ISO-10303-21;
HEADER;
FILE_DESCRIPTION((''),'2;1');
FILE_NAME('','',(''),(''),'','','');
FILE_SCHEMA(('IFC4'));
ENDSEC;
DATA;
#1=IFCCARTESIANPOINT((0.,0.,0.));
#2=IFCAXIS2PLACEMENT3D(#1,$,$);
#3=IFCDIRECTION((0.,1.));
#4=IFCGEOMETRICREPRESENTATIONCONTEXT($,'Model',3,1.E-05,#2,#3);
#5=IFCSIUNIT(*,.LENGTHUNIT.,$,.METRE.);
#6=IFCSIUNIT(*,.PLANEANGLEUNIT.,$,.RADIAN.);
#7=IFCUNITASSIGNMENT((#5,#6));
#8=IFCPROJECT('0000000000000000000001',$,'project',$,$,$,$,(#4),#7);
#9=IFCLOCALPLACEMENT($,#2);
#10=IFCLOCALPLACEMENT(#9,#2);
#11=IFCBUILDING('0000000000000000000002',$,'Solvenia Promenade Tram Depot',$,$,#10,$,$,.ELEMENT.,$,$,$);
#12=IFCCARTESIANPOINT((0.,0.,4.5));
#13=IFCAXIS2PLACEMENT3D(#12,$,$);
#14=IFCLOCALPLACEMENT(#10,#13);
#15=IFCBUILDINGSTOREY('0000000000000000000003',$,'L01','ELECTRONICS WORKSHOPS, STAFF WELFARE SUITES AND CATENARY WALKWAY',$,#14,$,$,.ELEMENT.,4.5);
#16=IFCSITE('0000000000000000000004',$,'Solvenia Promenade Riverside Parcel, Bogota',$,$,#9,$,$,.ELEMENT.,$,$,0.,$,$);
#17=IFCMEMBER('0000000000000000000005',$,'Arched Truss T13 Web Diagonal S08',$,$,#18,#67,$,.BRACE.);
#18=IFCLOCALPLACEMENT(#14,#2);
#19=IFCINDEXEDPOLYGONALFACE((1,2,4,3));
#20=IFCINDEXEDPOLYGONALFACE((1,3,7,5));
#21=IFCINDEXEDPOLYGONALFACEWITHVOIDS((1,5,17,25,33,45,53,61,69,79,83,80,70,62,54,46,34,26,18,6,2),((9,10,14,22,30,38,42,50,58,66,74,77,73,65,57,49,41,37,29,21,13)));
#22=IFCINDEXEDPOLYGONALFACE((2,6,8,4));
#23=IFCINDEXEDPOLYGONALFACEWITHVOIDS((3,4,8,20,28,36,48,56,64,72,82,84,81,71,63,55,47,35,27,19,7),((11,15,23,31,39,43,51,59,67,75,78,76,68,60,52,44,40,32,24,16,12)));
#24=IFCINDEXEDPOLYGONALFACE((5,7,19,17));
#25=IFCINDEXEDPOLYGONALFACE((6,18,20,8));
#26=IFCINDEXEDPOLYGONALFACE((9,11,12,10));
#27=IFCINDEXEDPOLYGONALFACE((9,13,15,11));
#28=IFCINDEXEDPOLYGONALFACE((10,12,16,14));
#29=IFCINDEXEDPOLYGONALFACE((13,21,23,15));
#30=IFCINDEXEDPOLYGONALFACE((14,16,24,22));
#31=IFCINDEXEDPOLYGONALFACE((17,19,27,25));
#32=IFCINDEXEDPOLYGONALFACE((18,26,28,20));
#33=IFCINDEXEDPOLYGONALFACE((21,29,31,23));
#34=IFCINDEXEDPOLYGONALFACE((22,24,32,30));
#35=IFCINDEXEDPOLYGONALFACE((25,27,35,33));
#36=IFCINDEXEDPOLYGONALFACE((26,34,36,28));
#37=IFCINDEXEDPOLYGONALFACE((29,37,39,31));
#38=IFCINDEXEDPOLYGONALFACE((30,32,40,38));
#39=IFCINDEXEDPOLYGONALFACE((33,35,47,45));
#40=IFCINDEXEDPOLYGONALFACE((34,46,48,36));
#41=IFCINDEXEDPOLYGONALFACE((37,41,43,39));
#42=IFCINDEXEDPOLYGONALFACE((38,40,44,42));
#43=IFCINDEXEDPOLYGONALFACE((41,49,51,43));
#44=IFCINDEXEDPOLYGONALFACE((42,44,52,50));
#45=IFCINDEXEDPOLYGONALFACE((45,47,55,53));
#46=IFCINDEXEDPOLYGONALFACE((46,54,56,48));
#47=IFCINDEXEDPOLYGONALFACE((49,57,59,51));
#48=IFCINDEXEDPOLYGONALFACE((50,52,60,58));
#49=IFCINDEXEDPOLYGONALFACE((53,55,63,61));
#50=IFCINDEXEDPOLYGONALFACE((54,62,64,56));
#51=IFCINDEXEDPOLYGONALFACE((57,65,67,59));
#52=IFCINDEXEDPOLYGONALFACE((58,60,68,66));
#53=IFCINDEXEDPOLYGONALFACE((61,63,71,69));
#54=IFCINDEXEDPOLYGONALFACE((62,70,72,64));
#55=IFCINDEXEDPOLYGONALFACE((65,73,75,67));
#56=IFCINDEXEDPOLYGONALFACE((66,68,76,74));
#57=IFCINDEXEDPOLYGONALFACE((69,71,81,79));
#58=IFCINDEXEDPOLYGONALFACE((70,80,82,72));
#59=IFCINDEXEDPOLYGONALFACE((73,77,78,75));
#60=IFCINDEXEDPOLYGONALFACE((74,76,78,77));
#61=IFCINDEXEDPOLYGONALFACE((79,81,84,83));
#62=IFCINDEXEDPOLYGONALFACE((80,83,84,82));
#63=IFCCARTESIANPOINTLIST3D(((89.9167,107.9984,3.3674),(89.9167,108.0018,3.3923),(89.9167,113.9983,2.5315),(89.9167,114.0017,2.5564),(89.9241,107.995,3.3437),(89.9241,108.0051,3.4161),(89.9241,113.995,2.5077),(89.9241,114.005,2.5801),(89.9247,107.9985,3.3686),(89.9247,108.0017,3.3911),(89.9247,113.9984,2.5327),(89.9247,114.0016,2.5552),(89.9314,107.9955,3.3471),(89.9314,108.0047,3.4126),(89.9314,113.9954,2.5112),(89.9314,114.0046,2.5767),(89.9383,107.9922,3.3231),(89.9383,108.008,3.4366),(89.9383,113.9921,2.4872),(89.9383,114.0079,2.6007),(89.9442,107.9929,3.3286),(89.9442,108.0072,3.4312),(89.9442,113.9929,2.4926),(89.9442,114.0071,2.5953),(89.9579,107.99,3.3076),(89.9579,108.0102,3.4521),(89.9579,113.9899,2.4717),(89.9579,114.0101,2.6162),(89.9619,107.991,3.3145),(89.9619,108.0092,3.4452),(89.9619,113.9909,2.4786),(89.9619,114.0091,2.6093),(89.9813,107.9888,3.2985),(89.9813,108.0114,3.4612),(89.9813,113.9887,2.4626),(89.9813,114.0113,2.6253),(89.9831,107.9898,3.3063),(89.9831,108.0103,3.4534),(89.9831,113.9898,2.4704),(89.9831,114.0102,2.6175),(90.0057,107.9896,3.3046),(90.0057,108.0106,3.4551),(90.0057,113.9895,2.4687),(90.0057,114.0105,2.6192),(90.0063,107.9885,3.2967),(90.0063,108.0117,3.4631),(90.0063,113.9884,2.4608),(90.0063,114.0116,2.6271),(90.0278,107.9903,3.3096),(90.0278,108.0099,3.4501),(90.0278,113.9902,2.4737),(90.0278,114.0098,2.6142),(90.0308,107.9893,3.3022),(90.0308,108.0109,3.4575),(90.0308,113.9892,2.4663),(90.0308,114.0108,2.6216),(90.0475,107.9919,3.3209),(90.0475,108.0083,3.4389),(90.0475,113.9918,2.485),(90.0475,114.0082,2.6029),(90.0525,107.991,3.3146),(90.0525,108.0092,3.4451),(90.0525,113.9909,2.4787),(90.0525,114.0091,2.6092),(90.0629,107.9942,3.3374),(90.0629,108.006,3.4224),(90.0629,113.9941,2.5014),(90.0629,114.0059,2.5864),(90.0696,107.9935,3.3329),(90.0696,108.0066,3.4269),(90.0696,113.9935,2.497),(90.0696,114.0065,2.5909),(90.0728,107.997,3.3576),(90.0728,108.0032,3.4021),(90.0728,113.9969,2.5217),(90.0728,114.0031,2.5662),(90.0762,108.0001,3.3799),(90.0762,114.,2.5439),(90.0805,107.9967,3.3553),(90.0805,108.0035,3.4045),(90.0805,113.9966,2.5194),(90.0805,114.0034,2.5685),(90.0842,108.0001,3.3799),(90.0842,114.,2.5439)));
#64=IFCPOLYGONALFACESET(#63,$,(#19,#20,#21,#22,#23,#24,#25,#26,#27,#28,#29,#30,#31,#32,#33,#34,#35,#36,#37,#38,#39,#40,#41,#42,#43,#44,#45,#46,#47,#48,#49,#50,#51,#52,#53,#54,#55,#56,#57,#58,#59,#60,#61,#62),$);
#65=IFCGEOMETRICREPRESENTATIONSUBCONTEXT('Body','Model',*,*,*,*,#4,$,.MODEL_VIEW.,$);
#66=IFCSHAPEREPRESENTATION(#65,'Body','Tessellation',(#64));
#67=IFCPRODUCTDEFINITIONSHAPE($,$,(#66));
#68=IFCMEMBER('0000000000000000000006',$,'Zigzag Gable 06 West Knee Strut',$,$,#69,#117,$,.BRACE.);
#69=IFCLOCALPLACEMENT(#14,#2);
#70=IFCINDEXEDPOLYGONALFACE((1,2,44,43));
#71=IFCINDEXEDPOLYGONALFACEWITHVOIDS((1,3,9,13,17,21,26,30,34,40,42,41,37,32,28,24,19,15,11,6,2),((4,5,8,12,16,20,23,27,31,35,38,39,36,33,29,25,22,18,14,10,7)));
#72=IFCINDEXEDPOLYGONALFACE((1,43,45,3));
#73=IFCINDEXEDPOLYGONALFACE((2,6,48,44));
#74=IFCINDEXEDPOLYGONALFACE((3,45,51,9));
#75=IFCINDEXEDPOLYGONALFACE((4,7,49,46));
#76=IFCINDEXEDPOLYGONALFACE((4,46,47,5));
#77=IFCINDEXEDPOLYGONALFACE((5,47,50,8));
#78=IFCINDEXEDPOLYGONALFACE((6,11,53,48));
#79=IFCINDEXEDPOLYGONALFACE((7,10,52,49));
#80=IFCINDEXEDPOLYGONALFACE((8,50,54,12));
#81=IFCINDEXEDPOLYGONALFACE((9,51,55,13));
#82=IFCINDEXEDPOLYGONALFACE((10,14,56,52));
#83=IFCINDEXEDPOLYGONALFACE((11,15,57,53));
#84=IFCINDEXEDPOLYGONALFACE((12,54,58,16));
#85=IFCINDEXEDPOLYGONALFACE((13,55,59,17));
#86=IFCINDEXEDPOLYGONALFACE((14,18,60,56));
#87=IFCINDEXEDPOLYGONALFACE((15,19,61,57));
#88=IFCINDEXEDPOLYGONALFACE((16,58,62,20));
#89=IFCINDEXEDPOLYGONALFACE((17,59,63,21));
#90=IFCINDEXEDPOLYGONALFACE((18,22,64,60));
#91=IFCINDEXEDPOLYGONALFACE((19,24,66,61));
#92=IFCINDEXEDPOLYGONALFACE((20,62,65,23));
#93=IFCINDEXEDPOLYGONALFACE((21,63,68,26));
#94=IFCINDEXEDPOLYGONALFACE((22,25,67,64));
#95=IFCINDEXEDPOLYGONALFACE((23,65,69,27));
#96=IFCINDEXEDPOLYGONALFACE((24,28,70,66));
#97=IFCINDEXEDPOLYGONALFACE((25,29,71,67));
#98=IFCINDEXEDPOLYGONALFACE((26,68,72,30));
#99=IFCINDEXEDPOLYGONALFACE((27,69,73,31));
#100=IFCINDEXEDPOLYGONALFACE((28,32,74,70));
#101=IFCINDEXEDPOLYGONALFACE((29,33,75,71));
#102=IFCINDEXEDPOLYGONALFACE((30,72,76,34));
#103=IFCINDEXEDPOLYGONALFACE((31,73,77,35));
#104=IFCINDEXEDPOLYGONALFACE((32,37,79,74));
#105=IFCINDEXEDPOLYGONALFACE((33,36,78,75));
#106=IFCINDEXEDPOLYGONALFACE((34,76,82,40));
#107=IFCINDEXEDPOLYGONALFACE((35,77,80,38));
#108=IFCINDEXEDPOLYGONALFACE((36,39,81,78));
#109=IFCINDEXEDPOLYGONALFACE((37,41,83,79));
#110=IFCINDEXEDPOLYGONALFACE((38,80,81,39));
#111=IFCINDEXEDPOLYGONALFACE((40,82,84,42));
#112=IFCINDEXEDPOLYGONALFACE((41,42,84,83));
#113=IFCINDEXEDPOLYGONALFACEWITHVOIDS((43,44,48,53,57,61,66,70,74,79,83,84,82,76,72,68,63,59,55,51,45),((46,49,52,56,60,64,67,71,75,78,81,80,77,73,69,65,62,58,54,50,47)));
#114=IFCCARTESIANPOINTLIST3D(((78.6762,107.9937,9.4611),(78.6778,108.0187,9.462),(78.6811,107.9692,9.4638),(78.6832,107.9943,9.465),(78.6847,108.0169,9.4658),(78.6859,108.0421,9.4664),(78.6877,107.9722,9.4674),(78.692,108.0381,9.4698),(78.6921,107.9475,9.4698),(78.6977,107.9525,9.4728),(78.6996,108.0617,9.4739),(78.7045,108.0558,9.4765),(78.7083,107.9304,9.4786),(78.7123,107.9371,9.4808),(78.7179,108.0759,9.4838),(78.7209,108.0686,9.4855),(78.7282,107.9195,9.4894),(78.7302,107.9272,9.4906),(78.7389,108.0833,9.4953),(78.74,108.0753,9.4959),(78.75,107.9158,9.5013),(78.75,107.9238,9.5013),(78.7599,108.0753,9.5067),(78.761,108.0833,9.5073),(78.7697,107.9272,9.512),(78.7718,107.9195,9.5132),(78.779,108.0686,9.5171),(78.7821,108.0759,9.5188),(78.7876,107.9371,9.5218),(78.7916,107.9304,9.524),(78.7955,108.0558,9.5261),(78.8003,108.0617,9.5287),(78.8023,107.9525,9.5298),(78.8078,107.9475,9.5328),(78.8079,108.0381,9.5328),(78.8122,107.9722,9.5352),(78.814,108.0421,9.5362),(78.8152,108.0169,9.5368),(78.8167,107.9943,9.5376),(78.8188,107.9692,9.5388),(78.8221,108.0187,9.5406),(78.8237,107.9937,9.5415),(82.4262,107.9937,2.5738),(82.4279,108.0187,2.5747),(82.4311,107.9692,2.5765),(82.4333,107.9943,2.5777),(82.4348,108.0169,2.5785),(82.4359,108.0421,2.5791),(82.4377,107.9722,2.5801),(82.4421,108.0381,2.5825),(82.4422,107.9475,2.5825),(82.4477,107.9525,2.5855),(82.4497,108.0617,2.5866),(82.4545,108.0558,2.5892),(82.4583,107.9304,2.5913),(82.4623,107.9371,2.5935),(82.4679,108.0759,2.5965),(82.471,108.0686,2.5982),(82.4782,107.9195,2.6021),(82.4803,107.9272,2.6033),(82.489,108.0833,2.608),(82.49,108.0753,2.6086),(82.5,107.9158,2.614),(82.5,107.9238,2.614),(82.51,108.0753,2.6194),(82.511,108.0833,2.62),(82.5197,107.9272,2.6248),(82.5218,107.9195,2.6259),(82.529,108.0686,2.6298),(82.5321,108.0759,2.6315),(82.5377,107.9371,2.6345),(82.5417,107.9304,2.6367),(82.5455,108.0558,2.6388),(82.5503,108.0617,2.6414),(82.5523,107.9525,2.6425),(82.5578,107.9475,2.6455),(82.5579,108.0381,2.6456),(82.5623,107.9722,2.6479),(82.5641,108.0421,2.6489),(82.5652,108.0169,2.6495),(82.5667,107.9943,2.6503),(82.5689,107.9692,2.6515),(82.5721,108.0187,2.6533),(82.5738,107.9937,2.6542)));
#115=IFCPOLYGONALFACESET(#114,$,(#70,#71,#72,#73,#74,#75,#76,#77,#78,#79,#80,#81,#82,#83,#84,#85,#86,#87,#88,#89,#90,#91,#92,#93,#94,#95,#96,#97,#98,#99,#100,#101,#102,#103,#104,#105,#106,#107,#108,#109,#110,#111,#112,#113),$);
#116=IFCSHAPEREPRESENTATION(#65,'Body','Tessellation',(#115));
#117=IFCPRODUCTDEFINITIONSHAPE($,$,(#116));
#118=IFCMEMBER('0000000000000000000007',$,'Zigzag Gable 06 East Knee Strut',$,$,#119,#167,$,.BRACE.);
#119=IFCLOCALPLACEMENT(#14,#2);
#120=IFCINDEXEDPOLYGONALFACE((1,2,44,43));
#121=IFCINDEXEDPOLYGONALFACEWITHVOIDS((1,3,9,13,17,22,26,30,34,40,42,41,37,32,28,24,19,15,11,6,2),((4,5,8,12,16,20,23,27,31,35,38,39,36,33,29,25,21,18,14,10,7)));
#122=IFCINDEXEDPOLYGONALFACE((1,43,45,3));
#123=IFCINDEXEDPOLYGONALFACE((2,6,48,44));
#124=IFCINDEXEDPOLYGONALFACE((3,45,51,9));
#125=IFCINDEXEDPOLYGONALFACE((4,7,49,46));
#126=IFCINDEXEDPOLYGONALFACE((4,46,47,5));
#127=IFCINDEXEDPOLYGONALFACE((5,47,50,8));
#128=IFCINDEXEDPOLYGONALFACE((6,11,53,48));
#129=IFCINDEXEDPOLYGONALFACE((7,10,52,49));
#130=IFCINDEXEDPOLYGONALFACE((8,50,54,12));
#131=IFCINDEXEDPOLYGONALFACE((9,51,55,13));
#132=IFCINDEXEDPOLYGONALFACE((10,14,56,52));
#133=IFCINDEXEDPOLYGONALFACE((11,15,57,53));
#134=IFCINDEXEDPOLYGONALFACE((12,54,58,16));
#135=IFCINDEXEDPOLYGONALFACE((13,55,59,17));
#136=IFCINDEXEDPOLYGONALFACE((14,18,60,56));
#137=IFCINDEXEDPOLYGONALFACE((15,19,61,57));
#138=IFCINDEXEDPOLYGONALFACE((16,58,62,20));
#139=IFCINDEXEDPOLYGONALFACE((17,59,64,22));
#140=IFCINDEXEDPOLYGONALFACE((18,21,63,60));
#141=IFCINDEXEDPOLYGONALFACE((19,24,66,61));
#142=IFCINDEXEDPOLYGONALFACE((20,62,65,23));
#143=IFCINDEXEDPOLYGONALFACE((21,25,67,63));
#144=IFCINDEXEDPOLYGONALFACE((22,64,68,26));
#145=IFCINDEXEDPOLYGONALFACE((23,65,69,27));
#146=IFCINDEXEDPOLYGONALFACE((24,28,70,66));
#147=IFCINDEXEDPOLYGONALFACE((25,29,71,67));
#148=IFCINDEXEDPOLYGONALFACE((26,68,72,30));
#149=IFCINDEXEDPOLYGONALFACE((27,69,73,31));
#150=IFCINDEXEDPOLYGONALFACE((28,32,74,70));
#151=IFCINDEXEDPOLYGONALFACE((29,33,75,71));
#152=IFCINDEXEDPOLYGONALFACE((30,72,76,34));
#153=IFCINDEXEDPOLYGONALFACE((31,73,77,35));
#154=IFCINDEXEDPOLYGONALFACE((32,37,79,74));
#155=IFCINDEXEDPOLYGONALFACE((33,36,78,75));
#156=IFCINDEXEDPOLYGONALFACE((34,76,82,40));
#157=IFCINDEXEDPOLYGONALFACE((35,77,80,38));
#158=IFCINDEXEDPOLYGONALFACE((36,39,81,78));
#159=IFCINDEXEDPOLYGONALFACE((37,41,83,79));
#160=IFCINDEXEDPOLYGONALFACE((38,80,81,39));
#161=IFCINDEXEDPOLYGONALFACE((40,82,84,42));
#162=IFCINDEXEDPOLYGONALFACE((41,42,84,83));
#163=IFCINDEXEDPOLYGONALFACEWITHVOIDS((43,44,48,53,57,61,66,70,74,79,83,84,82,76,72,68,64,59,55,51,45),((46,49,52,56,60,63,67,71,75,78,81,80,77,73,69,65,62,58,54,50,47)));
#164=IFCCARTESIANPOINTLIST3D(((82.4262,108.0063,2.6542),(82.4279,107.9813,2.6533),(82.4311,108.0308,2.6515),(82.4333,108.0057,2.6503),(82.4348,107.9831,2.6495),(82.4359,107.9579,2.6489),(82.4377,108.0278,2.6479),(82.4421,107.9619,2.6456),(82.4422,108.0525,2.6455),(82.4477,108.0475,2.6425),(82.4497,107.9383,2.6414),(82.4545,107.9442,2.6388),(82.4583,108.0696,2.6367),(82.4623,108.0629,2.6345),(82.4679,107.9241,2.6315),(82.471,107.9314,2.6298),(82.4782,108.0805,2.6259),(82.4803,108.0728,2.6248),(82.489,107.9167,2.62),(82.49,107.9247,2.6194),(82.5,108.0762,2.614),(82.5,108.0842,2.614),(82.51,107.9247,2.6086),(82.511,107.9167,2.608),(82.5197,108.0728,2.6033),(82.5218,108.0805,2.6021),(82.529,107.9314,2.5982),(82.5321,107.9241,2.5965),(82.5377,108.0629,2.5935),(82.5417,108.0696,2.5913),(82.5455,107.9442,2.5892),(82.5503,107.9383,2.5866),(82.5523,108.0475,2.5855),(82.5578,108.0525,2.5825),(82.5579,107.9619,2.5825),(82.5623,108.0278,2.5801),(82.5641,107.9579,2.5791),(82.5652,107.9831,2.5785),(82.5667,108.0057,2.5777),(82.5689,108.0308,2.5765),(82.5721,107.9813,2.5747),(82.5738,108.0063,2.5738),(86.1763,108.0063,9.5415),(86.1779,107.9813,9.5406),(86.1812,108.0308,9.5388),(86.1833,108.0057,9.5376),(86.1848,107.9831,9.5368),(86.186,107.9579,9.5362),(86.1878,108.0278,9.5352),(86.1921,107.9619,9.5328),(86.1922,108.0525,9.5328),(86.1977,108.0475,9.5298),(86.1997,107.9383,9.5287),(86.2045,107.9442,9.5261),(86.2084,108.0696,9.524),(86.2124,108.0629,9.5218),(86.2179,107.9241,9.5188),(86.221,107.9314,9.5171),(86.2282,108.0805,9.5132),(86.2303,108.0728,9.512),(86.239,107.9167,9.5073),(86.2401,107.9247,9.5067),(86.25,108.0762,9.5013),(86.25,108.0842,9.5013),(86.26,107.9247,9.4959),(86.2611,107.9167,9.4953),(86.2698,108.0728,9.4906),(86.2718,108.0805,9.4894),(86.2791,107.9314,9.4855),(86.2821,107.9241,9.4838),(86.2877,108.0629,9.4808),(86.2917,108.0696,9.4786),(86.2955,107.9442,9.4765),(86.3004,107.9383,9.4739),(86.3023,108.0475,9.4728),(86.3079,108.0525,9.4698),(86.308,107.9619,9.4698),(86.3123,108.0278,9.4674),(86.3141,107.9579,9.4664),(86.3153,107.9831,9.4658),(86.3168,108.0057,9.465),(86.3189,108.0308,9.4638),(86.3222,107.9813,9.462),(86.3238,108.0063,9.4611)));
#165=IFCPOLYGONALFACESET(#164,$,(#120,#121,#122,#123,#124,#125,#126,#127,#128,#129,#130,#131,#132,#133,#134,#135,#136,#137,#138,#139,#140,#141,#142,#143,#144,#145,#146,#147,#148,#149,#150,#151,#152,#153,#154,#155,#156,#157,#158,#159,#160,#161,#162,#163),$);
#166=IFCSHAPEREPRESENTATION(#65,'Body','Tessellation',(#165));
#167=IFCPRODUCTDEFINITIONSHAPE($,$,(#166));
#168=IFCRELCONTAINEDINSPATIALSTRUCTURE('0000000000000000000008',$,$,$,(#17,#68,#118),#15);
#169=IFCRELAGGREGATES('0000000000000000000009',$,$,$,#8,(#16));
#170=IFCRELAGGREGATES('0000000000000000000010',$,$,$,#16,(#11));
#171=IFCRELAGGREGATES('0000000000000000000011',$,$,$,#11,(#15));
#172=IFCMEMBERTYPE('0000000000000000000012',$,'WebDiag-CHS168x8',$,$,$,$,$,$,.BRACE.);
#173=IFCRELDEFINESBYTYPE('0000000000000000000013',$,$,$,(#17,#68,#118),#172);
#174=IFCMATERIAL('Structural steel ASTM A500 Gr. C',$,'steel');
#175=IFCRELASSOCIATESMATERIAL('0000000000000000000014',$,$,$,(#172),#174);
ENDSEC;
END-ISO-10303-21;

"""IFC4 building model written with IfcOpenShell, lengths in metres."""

from ifc_helpers import new_model, si_unit, direction, frame, origin, origin_2d, place, context, subcontext, project, spatial, hollow_circle, extrude, material, material_profile, profile_set, type_object, element, save


model = new_model("IFC4")

# Units and contexts
model_context = context("Model", 3, precision=1e-05, world=origin(), true_north=direction((0.0, 1.0)))
body_context = subcontext(model_context, "Body", "Model", "MODEL_VIEW")
ifc_project = project(units=[si_unit("LENGTHUNIT", "METRE"), si_unit("PLANEANGLEUNIT", "RADIAN")], contexts=[model_context])

# Site, building, storey
site_placement = place(None, origin())
site = spatial("IfcSite", under=ifc_project, at=site_placement, Name="Solvenia Promenade Riverside Parcel, Bogota", CompositionType="ELEMENT", RefElevation=0.0)
building_placement = place(site_placement, origin())
building = spatial("IfcBuilding", under=site, at=building_placement, Name="Solvenia Promenade Tram Depot", CompositionType="ELEMENT")
storey_placement = place(building_placement, frame((0.0, 0.0, 4.5)))
storey = spatial("IfcBuildingStorey", under=building, at=storey_placement, Name="L01", Description="ELECTRONICS WORKSHOPS, STAFF WELFARE SUITES AND CATENARY WALKWAY", CompositionType="ELEMENT", Elevation=4.5)

# Shared definitions
ifc_material_1 = material(Name="Structural steel ASTM A500 Gr. C", Category="steel")

# Members
ifc_material_profile_1 = material_profile(ifc_material_1, hollow_circle(Radius=0.0842, WallThickness=0.0081, at=origin_2d()), Name="CHS168.3x8", Category="steel")
ifc_profile_set_1 = profile_set([ifc_material_profile_1], Name="Structural steel ASTM A500 Gr. C")
member_type_1 = type_object("IfcMemberType", Name="WebDiag-CHS168x8", PredefinedType="BRACE", material=ifc_profile_set_1)
member_1_placement = place(storey_placement, frame((90.0, 114.0, 2.5439), z_axis=(0.0, -0.990434, 0.13799), x_axis=(1.0, 0.0, 0.0)))
element("IfcMember", 1, at=member_1_placement, inside=storey, type_object=member_type_1, Name="Arched Truss T13 Web Diagonal S08", PredefinedType="BRACE", context=body_context, shape_type="SweptSolid", body=[
    extrude(hollow_circle(Radius=0.0842, WallThickness=0.0081, at=origin_2d()), origin(), (0.0, 0.0, 1.0), 6.0579),
])
for number, where, z_axis, x_axis, name in (
    (2, (82.5, 108.0, 2.614), (-0.478198, 0.0, 0.878252), (0.0, -1.0, 0.0), "Zigzag Gable 06 West Knee Strut"),
    (3, (82.5, 108.0, 2.614), (0.478198, 0.0, 0.878252), (0.0, 1.0, 0.0), "Zigzag Gable 06 East Knee Strut"),
):
    element("IfcMember", number, at=place(storey_placement, frame(where, z_axis=z_axis, x_axis=x_axis)), inside=storey, type_object=member_type_1, Name=name, PredefinedType="BRACE", context=body_context, shape_type="SweptSolid", body=[
        extrude(hollow_circle(Radius=0.0842, WallThickness=0.0081, at=origin_2d()), origin(), (0.0, 0.0, 1.0), 7.842),
    ])

save(model, "model.ifc")
